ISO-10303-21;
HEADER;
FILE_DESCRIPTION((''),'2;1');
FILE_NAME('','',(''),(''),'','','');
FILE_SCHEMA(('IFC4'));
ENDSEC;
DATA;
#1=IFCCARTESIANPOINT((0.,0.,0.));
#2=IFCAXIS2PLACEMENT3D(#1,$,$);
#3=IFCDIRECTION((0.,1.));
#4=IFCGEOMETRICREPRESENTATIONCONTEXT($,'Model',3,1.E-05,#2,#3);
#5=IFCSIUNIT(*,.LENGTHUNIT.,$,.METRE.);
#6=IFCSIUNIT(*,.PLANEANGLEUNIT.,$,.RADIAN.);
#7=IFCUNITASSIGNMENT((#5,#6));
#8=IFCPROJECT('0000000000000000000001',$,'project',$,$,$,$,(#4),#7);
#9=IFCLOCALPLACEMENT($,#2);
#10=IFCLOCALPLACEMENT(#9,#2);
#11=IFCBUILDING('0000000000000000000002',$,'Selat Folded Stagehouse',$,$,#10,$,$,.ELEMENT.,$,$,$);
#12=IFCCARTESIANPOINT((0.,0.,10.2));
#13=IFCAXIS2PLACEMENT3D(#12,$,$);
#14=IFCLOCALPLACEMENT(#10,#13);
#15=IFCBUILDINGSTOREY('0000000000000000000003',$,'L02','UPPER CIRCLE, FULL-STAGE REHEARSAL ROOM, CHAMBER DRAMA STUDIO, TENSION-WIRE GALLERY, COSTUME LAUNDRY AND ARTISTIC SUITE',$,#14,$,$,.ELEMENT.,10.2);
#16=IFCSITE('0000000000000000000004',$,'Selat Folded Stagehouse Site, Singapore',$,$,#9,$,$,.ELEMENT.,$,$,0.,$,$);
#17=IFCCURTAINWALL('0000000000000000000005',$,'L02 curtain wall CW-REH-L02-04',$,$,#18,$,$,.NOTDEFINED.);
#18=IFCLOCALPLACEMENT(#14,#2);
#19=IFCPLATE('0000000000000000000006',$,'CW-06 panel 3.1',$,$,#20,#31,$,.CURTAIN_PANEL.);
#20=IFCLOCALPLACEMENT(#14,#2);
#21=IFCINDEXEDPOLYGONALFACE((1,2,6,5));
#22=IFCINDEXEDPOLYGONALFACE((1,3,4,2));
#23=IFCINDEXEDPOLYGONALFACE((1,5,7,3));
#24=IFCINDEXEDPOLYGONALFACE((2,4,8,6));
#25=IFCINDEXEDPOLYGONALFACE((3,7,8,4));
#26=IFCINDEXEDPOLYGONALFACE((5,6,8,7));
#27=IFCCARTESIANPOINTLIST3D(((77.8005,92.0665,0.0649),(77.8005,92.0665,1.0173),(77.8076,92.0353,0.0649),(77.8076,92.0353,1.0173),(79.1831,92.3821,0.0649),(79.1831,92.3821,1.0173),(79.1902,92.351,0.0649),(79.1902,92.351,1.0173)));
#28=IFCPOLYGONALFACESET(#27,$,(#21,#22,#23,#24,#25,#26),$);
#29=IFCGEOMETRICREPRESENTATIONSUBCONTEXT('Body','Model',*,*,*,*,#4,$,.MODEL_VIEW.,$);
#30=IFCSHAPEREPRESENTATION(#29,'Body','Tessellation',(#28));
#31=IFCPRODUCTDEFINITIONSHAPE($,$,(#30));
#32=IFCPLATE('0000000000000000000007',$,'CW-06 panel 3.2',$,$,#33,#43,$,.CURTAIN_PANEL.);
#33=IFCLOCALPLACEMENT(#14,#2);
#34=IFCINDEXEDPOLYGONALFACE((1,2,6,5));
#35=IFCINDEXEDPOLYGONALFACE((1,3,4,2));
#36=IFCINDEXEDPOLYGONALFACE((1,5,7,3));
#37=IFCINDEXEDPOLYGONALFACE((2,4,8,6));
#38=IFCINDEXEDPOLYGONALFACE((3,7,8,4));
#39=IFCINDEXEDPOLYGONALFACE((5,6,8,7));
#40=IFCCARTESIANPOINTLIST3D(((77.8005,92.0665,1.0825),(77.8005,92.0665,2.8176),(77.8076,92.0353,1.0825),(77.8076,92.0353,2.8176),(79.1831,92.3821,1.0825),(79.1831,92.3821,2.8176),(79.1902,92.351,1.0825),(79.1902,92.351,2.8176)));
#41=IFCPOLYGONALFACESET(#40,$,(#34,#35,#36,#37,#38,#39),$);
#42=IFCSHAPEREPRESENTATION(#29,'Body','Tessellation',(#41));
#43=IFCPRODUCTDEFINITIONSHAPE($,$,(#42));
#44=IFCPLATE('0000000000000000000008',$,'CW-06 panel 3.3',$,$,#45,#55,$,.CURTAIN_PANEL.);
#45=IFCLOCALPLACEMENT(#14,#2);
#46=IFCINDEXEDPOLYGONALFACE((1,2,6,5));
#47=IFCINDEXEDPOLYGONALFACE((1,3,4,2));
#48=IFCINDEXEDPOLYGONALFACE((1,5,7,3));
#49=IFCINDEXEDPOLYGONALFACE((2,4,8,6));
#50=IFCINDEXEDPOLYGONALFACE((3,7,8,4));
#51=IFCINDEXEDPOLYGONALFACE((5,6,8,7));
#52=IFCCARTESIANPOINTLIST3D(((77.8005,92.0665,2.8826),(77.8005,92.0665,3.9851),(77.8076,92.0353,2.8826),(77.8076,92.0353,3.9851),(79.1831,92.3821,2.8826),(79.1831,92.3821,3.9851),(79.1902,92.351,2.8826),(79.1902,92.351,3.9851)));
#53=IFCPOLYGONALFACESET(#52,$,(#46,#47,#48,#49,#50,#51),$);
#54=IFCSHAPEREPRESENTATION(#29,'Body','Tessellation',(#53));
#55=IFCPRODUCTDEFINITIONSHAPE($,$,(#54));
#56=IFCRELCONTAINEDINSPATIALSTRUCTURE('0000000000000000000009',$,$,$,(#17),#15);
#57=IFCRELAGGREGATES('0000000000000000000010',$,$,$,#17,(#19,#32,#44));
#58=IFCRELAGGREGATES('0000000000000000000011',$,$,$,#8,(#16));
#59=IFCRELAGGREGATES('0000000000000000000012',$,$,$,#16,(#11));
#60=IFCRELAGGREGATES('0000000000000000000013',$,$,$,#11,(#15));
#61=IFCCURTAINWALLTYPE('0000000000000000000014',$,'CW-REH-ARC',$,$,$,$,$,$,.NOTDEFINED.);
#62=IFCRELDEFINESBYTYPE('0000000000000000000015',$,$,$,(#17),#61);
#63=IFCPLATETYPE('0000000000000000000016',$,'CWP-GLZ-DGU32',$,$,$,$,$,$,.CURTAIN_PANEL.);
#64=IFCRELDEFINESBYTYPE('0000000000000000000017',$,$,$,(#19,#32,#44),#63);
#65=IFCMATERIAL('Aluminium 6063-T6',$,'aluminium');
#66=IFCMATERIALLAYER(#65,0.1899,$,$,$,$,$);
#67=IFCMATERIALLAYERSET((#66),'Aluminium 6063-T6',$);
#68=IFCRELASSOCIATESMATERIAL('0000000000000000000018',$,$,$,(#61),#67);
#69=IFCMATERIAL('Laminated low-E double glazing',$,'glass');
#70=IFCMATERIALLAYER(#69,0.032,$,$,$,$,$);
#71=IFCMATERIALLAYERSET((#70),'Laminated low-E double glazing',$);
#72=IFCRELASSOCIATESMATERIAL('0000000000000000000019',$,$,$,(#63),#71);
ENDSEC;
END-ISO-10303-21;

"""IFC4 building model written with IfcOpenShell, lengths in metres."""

from ifc_helpers import new_model, si_unit, direction, frame, origin, origin_2d, place, context, subcontext, project, spatial, rectangle, extrude, material, layer, layer_set, type_object, element, aggregate, save


model = new_model("IFC4")

# Units and contexts
model_context = context("Model", 3, precision=1e-05, world=origin(), true_north=direction((0.0, 1.0)))
body_context = subcontext(model_context, "Body", "Model", "MODEL_VIEW")
ifc_project = project(units=[si_unit("LENGTHUNIT", "METRE"), si_unit("PLANEANGLEUNIT", "RADIAN")], contexts=[model_context])

# Site, building, storey
site_placement = place(None, origin())
site = spatial("IfcSite", under=ifc_project, at=site_placement, Name="Selat Folded Stagehouse Site, Singapore", CompositionType="ELEMENT", RefElevation=0.0)
building_placement = place(site_placement, origin())
building = spatial("IfcBuilding", under=site, at=building_placement, Name="Selat Folded Stagehouse", CompositionType="ELEMENT")
storey_placement = place(building_placement, frame((0.0, 0.0, 10.2)))
storey = spatial("IfcBuildingStorey", under=building, at=storey_placement, Name="L02", Description="UPPER CIRCLE, FULL-STAGE REHEARSAL ROOM, CHAMBER DRAMA STUDIO, TENSION-WIRE GALLERY, COSTUME LAUNDRY AND ARTISTIC SUITE", CompositionType="ELEMENT", Elevation=10.2)

# Shared definitions
ifc_material_1 = material(Name="Aluminium 6063-T6", Category="aluminium")
ifc_layer_1 = layer(ifc_material_1, 0.1899)
ifc_layer_set_1 = layer_set([ifc_layer_1], Name="Aluminium 6063-T6")
curtain_wall_type = type_object("IfcCurtainWallType", Name="CW-REH-ARC", PredefinedType="NOTDEFINED", material=ifc_layer_set_1)

# Curtain wall
curtain_wall_1_placement = place(storey_placement, origin())
curtain_wall_1 = element("IfcCurtainWall", 1, at=curtain_wall_1_placement, inside=storey, type_object=curtain_wall_type, Name="L02 curtain wall CW-REH-L02-04", PredefinedType="NOTDEFINED")

# Plates
ifc_material_2 = material(Name="Laminated low-E double glazing", Category="glass")
ifc_layer_2 = layer(ifc_material_2, 0.032)
ifc_layer_set_2 = layer_set([ifc_layer_2], Name="Laminated low-E double glazing")
plate_type = type_object("IfcPlateType", Name="CWP-GLZ-DGU32", PredefinedType="CURTAIN_PANEL", material=ifc_layer_set_2)
plate_1_placement = place(storey_placement, frame((78.4954, 92.2087, 0.0649), z_axis=(0.0, 0.0, 1.0), x_axis=(-0.974923, -0.222543, 0.0)))
plate_1 = element("IfcPlate", 2, at=plate_1_placement, type_object=plate_type, Name="CW-06 panel 3.1", PredefinedType="CURTAIN_PANEL", context=body_context, shape_type="SweptSolid", body=[
    extrude(rectangle(XDim=1.4182, YDim=0.032, at=origin_2d()), origin(), (0.0, 0.0, 1.0), 0.9524),
])
plate_2_placement = place(storey_placement, frame((78.4954, 92.2087, 1.0825), z_axis=(0.0, 0.0, 1.0), x_axis=(-0.974923, -0.222543, 0.0)))
plate_2 = element("IfcPlate", 3, at=plate_2_placement, type_object=plate_type, Name="CW-06 panel 3.2", PredefinedType="CURTAIN_PANEL", context=body_context, shape_type="SweptSolid", body=[
    extrude(rectangle(XDim=1.4182, YDim=0.032, at=origin_2d()), origin(), (0.0, 0.0, 1.0), 1.7351),
])
plate_3_placement = place(storey_placement, frame((78.4954, 92.2087, 2.8826), z_axis=(0.0, 0.0, 1.0), x_axis=(-0.974923, -0.222543, 0.0)))
plate_3 = element("IfcPlate", 4, at=plate_3_placement, type_object=plate_type, Name="CW-06 panel 3.3", PredefinedType="CURTAIN_PANEL", context=body_context, shape_type="SweptSolid", body=[
    extrude(rectangle(XDim=1.4182, YDim=0.032, at=origin_2d()), origin(), (0.0, 0.0, 1.0), 1.1025),
])
aggregate(curtain_wall_1, [plate_1, plate_2, plate_3])

save(model, "model.ifc")
